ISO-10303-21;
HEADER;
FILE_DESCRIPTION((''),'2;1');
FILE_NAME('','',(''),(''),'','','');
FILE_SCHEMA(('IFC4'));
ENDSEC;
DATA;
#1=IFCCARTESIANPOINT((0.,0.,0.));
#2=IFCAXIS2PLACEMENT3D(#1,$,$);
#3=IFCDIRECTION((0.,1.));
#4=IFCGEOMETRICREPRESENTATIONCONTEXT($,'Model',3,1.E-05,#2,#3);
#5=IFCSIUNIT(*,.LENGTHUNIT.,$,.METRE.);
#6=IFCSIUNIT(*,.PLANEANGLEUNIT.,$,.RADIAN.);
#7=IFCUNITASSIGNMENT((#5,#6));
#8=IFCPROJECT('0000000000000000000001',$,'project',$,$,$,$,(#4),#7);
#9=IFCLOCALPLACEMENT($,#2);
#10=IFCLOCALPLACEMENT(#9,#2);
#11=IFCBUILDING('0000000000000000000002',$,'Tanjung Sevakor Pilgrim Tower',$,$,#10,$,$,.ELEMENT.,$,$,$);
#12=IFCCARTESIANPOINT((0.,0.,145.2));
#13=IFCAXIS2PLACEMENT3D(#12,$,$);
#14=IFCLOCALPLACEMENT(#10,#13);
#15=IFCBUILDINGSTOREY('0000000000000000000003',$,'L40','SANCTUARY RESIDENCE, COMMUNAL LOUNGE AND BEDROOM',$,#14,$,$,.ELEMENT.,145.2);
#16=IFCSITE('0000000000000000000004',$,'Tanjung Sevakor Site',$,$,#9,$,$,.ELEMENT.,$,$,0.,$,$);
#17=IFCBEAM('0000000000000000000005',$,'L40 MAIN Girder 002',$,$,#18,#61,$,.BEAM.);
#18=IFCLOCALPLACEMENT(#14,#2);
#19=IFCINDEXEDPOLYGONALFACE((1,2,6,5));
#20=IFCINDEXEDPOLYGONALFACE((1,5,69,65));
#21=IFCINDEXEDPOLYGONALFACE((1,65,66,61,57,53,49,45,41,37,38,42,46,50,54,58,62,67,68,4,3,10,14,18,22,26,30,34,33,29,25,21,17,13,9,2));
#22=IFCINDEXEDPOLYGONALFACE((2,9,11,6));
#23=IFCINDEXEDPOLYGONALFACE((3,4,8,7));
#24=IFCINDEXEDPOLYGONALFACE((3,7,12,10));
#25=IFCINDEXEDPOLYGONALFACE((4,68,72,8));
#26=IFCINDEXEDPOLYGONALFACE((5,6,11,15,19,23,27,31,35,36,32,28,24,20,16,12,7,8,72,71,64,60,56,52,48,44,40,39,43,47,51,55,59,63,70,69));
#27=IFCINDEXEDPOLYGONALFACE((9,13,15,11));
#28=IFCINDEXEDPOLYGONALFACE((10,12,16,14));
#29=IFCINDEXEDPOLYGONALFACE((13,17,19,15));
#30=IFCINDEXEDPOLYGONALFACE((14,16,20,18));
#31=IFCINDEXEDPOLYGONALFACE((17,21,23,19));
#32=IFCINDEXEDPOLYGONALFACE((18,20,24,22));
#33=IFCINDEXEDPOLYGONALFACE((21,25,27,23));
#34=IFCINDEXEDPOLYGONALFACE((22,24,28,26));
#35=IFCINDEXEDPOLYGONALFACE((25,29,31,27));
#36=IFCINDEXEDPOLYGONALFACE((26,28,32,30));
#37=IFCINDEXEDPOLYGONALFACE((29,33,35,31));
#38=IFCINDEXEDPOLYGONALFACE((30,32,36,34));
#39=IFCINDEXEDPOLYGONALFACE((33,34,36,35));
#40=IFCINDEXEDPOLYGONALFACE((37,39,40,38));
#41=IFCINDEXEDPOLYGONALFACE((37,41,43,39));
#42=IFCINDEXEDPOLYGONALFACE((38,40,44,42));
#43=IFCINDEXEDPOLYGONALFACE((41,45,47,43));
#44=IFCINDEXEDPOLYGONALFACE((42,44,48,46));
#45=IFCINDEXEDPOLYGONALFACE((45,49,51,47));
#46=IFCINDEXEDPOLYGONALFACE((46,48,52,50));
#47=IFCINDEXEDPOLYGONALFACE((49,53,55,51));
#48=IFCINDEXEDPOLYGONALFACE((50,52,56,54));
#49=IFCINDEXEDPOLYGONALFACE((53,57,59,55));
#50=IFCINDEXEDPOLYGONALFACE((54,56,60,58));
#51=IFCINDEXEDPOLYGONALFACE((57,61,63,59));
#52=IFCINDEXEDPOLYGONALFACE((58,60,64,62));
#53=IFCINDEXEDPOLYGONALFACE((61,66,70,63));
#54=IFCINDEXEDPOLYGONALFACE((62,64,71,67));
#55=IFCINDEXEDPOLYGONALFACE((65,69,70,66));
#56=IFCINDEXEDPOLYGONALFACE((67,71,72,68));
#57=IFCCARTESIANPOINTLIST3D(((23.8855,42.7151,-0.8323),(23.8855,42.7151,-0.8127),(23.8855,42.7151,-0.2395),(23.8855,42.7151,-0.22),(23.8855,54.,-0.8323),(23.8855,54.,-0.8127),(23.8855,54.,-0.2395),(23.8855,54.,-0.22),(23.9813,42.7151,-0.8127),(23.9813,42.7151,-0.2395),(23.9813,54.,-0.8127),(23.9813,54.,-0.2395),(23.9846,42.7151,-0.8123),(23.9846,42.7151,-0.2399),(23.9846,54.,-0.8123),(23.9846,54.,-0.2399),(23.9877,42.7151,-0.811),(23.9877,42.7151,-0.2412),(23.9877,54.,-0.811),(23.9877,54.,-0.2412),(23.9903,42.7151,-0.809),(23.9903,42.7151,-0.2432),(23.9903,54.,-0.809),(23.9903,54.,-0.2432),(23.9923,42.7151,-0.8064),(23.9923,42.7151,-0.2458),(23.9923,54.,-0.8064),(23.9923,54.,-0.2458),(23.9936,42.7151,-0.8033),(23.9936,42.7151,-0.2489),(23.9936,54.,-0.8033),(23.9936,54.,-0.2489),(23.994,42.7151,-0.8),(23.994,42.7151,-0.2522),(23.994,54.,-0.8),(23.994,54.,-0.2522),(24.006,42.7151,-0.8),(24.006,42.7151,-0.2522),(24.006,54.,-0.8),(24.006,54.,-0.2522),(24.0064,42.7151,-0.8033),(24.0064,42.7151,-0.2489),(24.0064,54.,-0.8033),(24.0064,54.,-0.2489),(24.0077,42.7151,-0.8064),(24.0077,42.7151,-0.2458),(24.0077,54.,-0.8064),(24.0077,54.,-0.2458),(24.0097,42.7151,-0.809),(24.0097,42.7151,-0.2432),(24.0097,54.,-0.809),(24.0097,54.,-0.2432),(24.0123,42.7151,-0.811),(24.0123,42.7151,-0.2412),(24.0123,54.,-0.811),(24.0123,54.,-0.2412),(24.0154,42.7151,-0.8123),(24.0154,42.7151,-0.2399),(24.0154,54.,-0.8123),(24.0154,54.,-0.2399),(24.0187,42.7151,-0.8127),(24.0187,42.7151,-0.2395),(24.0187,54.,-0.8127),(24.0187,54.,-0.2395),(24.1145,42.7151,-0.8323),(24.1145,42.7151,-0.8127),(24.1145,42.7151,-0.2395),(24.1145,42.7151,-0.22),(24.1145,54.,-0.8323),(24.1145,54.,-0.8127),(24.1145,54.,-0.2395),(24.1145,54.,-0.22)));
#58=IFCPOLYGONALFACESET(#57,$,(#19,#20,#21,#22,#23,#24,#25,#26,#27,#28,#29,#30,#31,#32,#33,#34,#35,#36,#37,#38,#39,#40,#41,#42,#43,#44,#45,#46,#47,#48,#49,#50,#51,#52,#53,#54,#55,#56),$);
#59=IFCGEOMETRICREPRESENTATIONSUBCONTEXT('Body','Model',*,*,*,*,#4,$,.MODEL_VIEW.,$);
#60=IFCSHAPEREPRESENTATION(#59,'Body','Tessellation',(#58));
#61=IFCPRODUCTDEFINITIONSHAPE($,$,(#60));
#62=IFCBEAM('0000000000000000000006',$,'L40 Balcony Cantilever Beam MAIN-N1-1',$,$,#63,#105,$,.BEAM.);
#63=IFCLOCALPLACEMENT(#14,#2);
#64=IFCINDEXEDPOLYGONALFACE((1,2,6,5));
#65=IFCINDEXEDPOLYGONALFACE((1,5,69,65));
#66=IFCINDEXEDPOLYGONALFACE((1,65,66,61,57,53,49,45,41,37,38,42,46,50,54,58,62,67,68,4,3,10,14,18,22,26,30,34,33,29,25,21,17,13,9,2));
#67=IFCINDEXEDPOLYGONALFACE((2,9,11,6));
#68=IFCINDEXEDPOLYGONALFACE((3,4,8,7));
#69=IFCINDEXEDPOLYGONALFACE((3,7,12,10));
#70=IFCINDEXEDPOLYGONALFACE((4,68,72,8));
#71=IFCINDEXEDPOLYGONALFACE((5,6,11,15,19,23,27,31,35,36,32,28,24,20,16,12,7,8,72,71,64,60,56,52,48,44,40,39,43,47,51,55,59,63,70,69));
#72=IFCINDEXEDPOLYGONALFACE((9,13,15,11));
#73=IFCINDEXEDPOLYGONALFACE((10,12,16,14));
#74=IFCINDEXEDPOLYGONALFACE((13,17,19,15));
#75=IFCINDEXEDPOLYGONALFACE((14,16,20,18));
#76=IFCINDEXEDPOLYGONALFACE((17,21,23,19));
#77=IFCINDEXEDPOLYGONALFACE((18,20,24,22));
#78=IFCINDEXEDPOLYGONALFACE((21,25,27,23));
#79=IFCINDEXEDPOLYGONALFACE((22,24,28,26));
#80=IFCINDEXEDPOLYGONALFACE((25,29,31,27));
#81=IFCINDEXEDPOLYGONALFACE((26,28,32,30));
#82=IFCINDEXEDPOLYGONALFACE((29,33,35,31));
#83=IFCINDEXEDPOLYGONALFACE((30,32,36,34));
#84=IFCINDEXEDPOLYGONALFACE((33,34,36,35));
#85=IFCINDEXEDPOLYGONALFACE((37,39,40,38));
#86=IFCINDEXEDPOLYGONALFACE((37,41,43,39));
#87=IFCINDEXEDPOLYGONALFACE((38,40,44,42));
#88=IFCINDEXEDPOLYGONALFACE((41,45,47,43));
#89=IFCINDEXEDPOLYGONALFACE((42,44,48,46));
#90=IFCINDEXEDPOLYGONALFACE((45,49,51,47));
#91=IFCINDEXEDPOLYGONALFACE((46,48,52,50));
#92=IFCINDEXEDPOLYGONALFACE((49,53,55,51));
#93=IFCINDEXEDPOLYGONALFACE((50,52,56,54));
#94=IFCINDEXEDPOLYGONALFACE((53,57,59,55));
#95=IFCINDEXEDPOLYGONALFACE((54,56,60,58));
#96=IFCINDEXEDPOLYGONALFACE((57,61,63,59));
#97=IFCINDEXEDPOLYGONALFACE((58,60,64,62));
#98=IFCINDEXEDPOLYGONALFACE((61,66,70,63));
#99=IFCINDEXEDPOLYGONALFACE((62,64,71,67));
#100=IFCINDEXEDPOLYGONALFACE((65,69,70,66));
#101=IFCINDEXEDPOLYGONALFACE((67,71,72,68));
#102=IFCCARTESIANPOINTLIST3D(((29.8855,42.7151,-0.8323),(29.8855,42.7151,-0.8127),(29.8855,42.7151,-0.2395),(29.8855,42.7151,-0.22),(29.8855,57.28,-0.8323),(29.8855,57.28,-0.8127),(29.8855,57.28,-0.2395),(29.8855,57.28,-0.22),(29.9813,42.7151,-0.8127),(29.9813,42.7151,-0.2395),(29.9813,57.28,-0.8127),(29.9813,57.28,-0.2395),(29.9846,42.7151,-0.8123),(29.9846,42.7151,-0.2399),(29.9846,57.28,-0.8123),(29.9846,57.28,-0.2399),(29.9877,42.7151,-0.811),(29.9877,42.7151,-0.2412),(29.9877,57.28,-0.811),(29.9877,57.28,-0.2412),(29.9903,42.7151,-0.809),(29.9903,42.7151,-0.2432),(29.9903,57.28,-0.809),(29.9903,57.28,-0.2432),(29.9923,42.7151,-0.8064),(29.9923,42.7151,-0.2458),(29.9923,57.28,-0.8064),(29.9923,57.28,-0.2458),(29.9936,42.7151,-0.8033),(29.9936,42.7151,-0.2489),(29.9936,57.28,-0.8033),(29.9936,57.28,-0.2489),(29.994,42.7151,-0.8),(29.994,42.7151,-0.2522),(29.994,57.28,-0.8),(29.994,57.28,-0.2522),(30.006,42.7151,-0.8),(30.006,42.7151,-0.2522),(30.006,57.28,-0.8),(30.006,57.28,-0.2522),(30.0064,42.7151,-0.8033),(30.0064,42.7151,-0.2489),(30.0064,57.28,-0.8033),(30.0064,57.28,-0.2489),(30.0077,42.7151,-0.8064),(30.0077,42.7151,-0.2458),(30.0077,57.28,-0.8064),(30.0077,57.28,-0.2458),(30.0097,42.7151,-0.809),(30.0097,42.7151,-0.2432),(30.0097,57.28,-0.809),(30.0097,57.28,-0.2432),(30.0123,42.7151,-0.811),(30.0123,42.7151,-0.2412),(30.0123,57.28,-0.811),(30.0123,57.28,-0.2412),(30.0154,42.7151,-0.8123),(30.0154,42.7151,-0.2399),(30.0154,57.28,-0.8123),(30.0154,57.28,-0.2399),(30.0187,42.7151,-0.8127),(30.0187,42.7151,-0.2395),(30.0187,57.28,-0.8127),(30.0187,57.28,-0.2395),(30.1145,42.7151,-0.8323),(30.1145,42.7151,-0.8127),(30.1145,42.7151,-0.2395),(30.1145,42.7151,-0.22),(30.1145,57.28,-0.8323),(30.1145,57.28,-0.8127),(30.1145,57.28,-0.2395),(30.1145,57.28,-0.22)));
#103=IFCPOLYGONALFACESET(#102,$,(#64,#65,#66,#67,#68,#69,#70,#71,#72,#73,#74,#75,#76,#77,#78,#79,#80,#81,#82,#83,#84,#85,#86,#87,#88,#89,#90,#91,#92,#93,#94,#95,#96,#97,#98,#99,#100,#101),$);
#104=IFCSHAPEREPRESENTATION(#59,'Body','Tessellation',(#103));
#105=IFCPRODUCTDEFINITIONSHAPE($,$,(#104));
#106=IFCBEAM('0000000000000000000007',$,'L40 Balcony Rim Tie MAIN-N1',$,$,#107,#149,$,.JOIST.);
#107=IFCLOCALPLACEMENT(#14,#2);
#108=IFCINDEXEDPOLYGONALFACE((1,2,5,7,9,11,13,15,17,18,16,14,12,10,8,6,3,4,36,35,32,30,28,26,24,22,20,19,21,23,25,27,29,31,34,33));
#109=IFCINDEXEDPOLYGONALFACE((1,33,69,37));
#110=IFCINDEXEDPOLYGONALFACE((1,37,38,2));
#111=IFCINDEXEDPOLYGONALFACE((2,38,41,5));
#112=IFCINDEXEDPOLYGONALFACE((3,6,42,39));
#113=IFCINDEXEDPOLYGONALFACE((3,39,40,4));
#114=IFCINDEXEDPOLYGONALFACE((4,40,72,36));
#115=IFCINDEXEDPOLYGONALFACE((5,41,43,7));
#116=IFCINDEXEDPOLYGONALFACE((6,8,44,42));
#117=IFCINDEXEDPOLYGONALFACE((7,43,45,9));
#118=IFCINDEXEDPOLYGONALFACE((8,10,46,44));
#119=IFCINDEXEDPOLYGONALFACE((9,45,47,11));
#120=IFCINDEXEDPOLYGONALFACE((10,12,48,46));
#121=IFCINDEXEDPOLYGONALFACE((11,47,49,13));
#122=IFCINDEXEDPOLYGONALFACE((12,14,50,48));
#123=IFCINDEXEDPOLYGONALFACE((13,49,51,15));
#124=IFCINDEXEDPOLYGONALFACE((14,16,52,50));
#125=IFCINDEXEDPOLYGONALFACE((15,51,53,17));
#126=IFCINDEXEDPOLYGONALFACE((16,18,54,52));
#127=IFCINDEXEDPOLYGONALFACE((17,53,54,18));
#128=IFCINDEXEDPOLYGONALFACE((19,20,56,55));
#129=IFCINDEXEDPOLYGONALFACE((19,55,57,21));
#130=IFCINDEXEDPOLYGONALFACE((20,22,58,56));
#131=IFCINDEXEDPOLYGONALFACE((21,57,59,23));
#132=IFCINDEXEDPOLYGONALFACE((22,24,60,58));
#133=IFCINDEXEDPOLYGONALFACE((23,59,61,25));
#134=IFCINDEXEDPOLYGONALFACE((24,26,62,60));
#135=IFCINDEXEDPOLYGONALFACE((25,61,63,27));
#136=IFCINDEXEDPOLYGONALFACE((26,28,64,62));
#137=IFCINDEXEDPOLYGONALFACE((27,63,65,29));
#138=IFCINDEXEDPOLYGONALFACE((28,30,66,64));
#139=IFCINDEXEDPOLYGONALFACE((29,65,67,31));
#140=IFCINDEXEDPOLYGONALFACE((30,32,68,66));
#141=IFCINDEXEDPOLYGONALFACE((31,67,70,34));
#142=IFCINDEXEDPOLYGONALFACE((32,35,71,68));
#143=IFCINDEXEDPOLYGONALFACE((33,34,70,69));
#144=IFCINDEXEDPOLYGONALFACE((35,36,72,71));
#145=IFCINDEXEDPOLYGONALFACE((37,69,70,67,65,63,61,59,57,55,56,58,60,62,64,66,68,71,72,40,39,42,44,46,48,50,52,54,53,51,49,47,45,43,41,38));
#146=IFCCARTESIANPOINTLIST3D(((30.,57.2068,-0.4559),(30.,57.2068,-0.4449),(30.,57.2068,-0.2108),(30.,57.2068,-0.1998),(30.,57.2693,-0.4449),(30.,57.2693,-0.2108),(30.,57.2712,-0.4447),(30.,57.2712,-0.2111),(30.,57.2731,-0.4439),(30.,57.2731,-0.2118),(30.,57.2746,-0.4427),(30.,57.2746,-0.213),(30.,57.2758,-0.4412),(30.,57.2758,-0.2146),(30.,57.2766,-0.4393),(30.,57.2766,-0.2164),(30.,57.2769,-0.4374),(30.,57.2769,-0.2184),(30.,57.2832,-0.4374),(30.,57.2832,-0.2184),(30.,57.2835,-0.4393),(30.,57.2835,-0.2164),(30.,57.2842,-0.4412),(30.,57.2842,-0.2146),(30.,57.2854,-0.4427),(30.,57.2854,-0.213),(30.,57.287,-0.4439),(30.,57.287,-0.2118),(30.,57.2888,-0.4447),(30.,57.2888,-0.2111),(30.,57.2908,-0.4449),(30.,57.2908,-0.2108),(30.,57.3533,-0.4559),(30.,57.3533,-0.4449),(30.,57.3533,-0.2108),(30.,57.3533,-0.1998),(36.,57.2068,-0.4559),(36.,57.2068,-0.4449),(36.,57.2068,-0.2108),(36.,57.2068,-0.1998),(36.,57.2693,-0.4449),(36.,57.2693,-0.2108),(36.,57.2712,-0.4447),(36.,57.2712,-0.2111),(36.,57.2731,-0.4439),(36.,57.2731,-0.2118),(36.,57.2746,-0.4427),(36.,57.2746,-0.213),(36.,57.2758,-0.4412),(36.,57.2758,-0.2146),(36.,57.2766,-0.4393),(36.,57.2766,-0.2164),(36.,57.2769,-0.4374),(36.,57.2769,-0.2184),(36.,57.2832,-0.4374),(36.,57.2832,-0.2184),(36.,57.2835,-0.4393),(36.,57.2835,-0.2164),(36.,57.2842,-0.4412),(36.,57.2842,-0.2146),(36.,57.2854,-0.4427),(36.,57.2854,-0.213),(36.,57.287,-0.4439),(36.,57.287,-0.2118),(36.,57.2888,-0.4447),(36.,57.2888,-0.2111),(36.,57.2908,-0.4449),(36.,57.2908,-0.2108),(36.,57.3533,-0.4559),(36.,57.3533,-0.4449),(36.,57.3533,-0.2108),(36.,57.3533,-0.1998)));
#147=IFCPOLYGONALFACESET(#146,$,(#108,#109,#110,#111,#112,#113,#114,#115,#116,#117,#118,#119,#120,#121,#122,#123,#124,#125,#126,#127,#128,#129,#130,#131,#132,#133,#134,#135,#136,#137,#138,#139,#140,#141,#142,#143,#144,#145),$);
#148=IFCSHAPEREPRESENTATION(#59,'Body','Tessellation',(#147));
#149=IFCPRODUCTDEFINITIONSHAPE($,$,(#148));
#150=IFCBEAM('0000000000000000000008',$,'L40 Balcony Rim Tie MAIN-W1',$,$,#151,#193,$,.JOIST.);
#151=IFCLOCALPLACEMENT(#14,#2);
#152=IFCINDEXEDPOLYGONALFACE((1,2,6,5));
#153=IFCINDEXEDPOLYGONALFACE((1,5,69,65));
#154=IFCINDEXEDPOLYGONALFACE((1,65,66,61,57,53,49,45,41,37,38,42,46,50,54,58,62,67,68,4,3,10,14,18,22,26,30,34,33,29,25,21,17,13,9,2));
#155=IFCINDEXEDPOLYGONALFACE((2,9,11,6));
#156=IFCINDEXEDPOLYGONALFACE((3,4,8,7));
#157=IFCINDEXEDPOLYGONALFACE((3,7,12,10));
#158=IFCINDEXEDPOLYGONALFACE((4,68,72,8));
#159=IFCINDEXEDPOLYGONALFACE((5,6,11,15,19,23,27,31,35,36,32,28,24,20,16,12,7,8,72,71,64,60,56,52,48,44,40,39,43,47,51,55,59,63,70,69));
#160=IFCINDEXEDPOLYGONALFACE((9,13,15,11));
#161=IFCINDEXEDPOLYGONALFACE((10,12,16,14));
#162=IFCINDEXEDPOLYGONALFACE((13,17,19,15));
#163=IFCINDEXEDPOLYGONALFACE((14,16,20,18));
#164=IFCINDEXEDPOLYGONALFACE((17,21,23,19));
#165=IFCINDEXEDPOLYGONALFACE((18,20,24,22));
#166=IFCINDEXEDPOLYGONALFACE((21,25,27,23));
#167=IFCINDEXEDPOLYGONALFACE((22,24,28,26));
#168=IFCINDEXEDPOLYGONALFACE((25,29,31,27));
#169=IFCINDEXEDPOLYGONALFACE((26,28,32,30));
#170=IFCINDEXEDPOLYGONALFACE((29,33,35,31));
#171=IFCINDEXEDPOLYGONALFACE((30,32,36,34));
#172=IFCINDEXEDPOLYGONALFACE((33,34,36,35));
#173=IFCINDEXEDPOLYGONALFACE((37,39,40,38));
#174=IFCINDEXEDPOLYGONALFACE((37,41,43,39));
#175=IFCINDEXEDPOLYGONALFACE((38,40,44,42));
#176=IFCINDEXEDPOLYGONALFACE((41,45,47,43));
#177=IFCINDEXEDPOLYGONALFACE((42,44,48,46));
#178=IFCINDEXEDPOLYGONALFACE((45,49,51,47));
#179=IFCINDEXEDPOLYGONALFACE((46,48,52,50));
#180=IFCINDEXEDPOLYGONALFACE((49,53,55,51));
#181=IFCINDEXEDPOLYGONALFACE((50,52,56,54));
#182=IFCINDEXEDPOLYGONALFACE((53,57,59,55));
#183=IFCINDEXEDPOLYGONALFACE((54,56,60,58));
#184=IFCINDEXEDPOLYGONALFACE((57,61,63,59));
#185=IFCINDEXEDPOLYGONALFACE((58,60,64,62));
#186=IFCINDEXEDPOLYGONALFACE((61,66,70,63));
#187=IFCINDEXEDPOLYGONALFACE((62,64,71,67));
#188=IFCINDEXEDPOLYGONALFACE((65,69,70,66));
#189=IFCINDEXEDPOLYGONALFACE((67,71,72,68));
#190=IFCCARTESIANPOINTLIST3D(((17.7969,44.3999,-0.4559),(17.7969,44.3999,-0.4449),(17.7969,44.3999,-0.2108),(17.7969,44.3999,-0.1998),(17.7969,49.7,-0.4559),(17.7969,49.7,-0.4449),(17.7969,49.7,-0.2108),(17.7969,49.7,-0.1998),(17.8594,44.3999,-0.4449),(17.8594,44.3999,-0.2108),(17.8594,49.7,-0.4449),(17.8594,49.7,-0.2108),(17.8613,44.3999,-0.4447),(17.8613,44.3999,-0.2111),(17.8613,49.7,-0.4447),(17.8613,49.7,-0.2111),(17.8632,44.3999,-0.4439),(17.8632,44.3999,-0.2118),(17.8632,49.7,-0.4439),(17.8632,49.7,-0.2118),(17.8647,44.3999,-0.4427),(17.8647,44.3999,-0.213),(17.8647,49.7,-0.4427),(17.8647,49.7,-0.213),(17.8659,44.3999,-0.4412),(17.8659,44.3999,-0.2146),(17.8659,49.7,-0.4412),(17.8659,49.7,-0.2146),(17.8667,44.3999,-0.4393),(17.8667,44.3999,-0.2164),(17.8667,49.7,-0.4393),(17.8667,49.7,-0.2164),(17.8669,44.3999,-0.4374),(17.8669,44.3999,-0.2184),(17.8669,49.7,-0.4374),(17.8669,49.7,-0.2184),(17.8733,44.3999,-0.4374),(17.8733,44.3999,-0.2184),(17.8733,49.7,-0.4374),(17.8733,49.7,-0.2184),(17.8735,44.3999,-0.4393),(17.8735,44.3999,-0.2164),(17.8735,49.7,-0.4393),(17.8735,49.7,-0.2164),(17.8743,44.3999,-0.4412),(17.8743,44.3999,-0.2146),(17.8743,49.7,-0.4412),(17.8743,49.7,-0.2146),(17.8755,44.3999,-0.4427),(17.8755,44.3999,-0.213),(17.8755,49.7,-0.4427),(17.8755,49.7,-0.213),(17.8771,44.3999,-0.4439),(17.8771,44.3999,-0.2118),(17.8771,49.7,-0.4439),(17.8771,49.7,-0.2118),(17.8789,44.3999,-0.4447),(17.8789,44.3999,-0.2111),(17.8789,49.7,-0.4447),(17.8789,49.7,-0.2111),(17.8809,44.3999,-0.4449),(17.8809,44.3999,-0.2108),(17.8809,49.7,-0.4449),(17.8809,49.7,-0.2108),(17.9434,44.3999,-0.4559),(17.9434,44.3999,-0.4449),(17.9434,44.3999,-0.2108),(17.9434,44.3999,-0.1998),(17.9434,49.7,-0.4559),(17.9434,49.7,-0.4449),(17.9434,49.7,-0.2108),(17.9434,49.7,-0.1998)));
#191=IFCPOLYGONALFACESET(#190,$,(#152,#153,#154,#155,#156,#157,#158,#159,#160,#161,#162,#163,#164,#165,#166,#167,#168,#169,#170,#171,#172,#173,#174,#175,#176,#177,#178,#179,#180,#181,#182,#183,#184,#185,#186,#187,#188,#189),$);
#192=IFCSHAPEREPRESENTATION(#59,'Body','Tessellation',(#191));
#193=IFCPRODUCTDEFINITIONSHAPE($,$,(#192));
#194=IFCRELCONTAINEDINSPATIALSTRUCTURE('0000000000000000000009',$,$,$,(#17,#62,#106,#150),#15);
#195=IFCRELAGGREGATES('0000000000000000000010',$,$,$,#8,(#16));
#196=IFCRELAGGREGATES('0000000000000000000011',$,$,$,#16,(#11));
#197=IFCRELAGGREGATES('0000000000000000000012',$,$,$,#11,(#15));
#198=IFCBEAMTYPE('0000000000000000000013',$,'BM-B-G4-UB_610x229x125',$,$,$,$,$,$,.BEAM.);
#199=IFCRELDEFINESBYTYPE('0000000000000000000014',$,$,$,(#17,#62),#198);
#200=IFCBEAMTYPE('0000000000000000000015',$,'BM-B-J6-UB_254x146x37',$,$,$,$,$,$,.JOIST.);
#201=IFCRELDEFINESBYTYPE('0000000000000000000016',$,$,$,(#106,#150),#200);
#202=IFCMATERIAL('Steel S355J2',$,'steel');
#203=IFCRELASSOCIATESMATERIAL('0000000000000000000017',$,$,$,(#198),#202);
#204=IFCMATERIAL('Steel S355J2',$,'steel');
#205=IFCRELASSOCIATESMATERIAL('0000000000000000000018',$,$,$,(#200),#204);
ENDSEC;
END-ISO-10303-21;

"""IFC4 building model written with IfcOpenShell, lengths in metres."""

from ifc_helpers import new_model, si_unit, direction, frame, origin, origin_2d, place, context, subcontext, project, spatial, i_section, extrude, material, material_profile, profile_set, type_object, element, save


model = new_model("IFC4")

# Units and contexts
model_context = context("Model", 3, precision=1e-05, world=origin(), true_north=direction((0.0, 1.0)))
body_context = subcontext(model_context, "Body", "Model", "MODEL_VIEW")
ifc_project = project(units=[si_unit("LENGTHUNIT", "METRE"), si_unit("PLANEANGLEUNIT", "RADIAN")], contexts=[model_context])

# Site, building, storey
site_placement = place(None, origin())
site = spatial("IfcSite", under=ifc_project, at=site_placement, Name="Tanjung Sevakor Site", CompositionType="ELEMENT", RefElevation=0.0)
building_placement = place(site_placement, origin())
building = spatial("IfcBuilding", under=site, at=building_placement, Name="Tanjung Sevakor Pilgrim Tower", CompositionType="ELEMENT")
storey_placement = place(building_placement, frame((0.0, 0.0, 145.2)))
storey = spatial("IfcBuildingStorey", under=building, at=storey_placement, Name="L40", Description="SANCTUARY RESIDENCE, COMMUNAL LOUNGE AND BEDROOM", CompositionType="ELEMENT", Elevation=145.2)

# Beams
ifc_material_1 = material(Name="Steel S355J2", Category="steel")
ifc_material_profile_1 = material_profile(ifc_material_1, i_section(OverallWidth=0.229, OverallDepth=0.6123, WebThickness=0.012, FlangeThickness=0.0195, FilletRadius=0.0127, at=origin_2d()))
ifc_profile_set_1 = profile_set([ifc_material_profile_1], Name="Steel S355J2")
beam_type_1 = type_object("IfcBeamType", Name="BM-B-G4-UB_610x229x125", PredefinedType="BEAM", material=ifc_profile_set_1)
beam_1_placement = place(storey_placement, frame((24.0, 42.7151, -0.5261), z_axis=(0.0, 1.0, 0.0), x_axis=(-1.0, 0.0, 0.0)))
element("IfcBeam", 1, at=beam_1_placement, inside=storey, type_object=beam_type_1, Name="L40 MAIN Girder 002", PredefinedType="BEAM", context=body_context, shape_type="SweptSolid", body=[
    extrude(i_section(OverallWidth=0.229, OverallDepth=0.6123, WebThickness=0.012, FlangeThickness=0.0195, FilletRadius=0.0127, at=origin_2d()), origin(), (0.0, 0.0, 1.0), 11.2849),
])
beam_2_placement = place(storey_placement, frame((30.0, 42.7151, -0.5261), z_axis=(0.0, 1.0, 0.0), x_axis=(-1.0, 0.0, 0.0)))
element("IfcBeam", 2, at=beam_2_placement, inside=storey, type_object=beam_type_1, Name="L40 Balcony Cantilever Beam MAIN-N1-1", PredefinedType="BEAM", context=body_context, shape_type="SweptSolid", body=[
    extrude(i_section(OverallWidth=0.229, OverallDepth=0.6123, WebThickness=0.012, FlangeThickness=0.0195, FilletRadius=0.0127, at=origin_2d()), origin(), (0.0, 0.0, 1.0), 14.5649),
])
ifc_material_2 = material(Name="Steel S355J2", Category="steel")
ifc_material_profile_2 = material_profile(ifc_material_2, i_section(OverallWidth=0.1465, OverallDepth=0.2561, WebThickness=0.0063, FlangeThickness=0.011, FilletRadius=0.0076, at=origin_2d()))
ifc_profile_set_2 = profile_set([ifc_material_profile_2], Name="Steel S355J2")
beam_type_2 = type_object("IfcBeamType", Name="BM-B-J6-UB_254x146x37", PredefinedType="JOIST", material=ifc_profile_set_2)
beam_3_placement = place(storey_placement, frame((30.0, 57.28, -0.3279), z_axis=(1.0, 0.0, 0.0), x_axis=(0.0, 1.0, 0.0)))
element("IfcBeam", 3, at=beam_3_placement, inside=storey, type_object=beam_type_2, Name="L40 Balcony Rim Tie MAIN-N1", PredefinedType="JOIST", context=body_context, shape_type="SweptSolid", body=[
    extrude(i_section(OverallWidth=0.1465, OverallDepth=0.2561, WebThickness=0.0063, FlangeThickness=0.011, FilletRadius=0.0076, at=origin_2d()), origin(), (0.0, 0.0, 1.0), 6.0),
])
beam_4_placement = place(storey_placement, frame((17.8701, 44.3999, -0.3279), z_axis=(0.0, 1.0, 0.0), x_axis=(-1.0, 0.0, 0.0)))
element("IfcBeam", 4, at=beam_4_placement, inside=storey, type_object=beam_type_2, Name="L40 Balcony Rim Tie MAIN-W1", PredefinedType="JOIST", context=body_context, shape_type="SweptSolid", body=[
    extrude(i_section(OverallWidth=0.1465, OverallDepth=0.2561, WebThickness=0.0063, FlangeThickness=0.011, FilletRadius=0.0076, at=origin_2d()), origin(), (0.0, 0.0, 1.0), 5.3),
])

save(model, "model.ifc")
